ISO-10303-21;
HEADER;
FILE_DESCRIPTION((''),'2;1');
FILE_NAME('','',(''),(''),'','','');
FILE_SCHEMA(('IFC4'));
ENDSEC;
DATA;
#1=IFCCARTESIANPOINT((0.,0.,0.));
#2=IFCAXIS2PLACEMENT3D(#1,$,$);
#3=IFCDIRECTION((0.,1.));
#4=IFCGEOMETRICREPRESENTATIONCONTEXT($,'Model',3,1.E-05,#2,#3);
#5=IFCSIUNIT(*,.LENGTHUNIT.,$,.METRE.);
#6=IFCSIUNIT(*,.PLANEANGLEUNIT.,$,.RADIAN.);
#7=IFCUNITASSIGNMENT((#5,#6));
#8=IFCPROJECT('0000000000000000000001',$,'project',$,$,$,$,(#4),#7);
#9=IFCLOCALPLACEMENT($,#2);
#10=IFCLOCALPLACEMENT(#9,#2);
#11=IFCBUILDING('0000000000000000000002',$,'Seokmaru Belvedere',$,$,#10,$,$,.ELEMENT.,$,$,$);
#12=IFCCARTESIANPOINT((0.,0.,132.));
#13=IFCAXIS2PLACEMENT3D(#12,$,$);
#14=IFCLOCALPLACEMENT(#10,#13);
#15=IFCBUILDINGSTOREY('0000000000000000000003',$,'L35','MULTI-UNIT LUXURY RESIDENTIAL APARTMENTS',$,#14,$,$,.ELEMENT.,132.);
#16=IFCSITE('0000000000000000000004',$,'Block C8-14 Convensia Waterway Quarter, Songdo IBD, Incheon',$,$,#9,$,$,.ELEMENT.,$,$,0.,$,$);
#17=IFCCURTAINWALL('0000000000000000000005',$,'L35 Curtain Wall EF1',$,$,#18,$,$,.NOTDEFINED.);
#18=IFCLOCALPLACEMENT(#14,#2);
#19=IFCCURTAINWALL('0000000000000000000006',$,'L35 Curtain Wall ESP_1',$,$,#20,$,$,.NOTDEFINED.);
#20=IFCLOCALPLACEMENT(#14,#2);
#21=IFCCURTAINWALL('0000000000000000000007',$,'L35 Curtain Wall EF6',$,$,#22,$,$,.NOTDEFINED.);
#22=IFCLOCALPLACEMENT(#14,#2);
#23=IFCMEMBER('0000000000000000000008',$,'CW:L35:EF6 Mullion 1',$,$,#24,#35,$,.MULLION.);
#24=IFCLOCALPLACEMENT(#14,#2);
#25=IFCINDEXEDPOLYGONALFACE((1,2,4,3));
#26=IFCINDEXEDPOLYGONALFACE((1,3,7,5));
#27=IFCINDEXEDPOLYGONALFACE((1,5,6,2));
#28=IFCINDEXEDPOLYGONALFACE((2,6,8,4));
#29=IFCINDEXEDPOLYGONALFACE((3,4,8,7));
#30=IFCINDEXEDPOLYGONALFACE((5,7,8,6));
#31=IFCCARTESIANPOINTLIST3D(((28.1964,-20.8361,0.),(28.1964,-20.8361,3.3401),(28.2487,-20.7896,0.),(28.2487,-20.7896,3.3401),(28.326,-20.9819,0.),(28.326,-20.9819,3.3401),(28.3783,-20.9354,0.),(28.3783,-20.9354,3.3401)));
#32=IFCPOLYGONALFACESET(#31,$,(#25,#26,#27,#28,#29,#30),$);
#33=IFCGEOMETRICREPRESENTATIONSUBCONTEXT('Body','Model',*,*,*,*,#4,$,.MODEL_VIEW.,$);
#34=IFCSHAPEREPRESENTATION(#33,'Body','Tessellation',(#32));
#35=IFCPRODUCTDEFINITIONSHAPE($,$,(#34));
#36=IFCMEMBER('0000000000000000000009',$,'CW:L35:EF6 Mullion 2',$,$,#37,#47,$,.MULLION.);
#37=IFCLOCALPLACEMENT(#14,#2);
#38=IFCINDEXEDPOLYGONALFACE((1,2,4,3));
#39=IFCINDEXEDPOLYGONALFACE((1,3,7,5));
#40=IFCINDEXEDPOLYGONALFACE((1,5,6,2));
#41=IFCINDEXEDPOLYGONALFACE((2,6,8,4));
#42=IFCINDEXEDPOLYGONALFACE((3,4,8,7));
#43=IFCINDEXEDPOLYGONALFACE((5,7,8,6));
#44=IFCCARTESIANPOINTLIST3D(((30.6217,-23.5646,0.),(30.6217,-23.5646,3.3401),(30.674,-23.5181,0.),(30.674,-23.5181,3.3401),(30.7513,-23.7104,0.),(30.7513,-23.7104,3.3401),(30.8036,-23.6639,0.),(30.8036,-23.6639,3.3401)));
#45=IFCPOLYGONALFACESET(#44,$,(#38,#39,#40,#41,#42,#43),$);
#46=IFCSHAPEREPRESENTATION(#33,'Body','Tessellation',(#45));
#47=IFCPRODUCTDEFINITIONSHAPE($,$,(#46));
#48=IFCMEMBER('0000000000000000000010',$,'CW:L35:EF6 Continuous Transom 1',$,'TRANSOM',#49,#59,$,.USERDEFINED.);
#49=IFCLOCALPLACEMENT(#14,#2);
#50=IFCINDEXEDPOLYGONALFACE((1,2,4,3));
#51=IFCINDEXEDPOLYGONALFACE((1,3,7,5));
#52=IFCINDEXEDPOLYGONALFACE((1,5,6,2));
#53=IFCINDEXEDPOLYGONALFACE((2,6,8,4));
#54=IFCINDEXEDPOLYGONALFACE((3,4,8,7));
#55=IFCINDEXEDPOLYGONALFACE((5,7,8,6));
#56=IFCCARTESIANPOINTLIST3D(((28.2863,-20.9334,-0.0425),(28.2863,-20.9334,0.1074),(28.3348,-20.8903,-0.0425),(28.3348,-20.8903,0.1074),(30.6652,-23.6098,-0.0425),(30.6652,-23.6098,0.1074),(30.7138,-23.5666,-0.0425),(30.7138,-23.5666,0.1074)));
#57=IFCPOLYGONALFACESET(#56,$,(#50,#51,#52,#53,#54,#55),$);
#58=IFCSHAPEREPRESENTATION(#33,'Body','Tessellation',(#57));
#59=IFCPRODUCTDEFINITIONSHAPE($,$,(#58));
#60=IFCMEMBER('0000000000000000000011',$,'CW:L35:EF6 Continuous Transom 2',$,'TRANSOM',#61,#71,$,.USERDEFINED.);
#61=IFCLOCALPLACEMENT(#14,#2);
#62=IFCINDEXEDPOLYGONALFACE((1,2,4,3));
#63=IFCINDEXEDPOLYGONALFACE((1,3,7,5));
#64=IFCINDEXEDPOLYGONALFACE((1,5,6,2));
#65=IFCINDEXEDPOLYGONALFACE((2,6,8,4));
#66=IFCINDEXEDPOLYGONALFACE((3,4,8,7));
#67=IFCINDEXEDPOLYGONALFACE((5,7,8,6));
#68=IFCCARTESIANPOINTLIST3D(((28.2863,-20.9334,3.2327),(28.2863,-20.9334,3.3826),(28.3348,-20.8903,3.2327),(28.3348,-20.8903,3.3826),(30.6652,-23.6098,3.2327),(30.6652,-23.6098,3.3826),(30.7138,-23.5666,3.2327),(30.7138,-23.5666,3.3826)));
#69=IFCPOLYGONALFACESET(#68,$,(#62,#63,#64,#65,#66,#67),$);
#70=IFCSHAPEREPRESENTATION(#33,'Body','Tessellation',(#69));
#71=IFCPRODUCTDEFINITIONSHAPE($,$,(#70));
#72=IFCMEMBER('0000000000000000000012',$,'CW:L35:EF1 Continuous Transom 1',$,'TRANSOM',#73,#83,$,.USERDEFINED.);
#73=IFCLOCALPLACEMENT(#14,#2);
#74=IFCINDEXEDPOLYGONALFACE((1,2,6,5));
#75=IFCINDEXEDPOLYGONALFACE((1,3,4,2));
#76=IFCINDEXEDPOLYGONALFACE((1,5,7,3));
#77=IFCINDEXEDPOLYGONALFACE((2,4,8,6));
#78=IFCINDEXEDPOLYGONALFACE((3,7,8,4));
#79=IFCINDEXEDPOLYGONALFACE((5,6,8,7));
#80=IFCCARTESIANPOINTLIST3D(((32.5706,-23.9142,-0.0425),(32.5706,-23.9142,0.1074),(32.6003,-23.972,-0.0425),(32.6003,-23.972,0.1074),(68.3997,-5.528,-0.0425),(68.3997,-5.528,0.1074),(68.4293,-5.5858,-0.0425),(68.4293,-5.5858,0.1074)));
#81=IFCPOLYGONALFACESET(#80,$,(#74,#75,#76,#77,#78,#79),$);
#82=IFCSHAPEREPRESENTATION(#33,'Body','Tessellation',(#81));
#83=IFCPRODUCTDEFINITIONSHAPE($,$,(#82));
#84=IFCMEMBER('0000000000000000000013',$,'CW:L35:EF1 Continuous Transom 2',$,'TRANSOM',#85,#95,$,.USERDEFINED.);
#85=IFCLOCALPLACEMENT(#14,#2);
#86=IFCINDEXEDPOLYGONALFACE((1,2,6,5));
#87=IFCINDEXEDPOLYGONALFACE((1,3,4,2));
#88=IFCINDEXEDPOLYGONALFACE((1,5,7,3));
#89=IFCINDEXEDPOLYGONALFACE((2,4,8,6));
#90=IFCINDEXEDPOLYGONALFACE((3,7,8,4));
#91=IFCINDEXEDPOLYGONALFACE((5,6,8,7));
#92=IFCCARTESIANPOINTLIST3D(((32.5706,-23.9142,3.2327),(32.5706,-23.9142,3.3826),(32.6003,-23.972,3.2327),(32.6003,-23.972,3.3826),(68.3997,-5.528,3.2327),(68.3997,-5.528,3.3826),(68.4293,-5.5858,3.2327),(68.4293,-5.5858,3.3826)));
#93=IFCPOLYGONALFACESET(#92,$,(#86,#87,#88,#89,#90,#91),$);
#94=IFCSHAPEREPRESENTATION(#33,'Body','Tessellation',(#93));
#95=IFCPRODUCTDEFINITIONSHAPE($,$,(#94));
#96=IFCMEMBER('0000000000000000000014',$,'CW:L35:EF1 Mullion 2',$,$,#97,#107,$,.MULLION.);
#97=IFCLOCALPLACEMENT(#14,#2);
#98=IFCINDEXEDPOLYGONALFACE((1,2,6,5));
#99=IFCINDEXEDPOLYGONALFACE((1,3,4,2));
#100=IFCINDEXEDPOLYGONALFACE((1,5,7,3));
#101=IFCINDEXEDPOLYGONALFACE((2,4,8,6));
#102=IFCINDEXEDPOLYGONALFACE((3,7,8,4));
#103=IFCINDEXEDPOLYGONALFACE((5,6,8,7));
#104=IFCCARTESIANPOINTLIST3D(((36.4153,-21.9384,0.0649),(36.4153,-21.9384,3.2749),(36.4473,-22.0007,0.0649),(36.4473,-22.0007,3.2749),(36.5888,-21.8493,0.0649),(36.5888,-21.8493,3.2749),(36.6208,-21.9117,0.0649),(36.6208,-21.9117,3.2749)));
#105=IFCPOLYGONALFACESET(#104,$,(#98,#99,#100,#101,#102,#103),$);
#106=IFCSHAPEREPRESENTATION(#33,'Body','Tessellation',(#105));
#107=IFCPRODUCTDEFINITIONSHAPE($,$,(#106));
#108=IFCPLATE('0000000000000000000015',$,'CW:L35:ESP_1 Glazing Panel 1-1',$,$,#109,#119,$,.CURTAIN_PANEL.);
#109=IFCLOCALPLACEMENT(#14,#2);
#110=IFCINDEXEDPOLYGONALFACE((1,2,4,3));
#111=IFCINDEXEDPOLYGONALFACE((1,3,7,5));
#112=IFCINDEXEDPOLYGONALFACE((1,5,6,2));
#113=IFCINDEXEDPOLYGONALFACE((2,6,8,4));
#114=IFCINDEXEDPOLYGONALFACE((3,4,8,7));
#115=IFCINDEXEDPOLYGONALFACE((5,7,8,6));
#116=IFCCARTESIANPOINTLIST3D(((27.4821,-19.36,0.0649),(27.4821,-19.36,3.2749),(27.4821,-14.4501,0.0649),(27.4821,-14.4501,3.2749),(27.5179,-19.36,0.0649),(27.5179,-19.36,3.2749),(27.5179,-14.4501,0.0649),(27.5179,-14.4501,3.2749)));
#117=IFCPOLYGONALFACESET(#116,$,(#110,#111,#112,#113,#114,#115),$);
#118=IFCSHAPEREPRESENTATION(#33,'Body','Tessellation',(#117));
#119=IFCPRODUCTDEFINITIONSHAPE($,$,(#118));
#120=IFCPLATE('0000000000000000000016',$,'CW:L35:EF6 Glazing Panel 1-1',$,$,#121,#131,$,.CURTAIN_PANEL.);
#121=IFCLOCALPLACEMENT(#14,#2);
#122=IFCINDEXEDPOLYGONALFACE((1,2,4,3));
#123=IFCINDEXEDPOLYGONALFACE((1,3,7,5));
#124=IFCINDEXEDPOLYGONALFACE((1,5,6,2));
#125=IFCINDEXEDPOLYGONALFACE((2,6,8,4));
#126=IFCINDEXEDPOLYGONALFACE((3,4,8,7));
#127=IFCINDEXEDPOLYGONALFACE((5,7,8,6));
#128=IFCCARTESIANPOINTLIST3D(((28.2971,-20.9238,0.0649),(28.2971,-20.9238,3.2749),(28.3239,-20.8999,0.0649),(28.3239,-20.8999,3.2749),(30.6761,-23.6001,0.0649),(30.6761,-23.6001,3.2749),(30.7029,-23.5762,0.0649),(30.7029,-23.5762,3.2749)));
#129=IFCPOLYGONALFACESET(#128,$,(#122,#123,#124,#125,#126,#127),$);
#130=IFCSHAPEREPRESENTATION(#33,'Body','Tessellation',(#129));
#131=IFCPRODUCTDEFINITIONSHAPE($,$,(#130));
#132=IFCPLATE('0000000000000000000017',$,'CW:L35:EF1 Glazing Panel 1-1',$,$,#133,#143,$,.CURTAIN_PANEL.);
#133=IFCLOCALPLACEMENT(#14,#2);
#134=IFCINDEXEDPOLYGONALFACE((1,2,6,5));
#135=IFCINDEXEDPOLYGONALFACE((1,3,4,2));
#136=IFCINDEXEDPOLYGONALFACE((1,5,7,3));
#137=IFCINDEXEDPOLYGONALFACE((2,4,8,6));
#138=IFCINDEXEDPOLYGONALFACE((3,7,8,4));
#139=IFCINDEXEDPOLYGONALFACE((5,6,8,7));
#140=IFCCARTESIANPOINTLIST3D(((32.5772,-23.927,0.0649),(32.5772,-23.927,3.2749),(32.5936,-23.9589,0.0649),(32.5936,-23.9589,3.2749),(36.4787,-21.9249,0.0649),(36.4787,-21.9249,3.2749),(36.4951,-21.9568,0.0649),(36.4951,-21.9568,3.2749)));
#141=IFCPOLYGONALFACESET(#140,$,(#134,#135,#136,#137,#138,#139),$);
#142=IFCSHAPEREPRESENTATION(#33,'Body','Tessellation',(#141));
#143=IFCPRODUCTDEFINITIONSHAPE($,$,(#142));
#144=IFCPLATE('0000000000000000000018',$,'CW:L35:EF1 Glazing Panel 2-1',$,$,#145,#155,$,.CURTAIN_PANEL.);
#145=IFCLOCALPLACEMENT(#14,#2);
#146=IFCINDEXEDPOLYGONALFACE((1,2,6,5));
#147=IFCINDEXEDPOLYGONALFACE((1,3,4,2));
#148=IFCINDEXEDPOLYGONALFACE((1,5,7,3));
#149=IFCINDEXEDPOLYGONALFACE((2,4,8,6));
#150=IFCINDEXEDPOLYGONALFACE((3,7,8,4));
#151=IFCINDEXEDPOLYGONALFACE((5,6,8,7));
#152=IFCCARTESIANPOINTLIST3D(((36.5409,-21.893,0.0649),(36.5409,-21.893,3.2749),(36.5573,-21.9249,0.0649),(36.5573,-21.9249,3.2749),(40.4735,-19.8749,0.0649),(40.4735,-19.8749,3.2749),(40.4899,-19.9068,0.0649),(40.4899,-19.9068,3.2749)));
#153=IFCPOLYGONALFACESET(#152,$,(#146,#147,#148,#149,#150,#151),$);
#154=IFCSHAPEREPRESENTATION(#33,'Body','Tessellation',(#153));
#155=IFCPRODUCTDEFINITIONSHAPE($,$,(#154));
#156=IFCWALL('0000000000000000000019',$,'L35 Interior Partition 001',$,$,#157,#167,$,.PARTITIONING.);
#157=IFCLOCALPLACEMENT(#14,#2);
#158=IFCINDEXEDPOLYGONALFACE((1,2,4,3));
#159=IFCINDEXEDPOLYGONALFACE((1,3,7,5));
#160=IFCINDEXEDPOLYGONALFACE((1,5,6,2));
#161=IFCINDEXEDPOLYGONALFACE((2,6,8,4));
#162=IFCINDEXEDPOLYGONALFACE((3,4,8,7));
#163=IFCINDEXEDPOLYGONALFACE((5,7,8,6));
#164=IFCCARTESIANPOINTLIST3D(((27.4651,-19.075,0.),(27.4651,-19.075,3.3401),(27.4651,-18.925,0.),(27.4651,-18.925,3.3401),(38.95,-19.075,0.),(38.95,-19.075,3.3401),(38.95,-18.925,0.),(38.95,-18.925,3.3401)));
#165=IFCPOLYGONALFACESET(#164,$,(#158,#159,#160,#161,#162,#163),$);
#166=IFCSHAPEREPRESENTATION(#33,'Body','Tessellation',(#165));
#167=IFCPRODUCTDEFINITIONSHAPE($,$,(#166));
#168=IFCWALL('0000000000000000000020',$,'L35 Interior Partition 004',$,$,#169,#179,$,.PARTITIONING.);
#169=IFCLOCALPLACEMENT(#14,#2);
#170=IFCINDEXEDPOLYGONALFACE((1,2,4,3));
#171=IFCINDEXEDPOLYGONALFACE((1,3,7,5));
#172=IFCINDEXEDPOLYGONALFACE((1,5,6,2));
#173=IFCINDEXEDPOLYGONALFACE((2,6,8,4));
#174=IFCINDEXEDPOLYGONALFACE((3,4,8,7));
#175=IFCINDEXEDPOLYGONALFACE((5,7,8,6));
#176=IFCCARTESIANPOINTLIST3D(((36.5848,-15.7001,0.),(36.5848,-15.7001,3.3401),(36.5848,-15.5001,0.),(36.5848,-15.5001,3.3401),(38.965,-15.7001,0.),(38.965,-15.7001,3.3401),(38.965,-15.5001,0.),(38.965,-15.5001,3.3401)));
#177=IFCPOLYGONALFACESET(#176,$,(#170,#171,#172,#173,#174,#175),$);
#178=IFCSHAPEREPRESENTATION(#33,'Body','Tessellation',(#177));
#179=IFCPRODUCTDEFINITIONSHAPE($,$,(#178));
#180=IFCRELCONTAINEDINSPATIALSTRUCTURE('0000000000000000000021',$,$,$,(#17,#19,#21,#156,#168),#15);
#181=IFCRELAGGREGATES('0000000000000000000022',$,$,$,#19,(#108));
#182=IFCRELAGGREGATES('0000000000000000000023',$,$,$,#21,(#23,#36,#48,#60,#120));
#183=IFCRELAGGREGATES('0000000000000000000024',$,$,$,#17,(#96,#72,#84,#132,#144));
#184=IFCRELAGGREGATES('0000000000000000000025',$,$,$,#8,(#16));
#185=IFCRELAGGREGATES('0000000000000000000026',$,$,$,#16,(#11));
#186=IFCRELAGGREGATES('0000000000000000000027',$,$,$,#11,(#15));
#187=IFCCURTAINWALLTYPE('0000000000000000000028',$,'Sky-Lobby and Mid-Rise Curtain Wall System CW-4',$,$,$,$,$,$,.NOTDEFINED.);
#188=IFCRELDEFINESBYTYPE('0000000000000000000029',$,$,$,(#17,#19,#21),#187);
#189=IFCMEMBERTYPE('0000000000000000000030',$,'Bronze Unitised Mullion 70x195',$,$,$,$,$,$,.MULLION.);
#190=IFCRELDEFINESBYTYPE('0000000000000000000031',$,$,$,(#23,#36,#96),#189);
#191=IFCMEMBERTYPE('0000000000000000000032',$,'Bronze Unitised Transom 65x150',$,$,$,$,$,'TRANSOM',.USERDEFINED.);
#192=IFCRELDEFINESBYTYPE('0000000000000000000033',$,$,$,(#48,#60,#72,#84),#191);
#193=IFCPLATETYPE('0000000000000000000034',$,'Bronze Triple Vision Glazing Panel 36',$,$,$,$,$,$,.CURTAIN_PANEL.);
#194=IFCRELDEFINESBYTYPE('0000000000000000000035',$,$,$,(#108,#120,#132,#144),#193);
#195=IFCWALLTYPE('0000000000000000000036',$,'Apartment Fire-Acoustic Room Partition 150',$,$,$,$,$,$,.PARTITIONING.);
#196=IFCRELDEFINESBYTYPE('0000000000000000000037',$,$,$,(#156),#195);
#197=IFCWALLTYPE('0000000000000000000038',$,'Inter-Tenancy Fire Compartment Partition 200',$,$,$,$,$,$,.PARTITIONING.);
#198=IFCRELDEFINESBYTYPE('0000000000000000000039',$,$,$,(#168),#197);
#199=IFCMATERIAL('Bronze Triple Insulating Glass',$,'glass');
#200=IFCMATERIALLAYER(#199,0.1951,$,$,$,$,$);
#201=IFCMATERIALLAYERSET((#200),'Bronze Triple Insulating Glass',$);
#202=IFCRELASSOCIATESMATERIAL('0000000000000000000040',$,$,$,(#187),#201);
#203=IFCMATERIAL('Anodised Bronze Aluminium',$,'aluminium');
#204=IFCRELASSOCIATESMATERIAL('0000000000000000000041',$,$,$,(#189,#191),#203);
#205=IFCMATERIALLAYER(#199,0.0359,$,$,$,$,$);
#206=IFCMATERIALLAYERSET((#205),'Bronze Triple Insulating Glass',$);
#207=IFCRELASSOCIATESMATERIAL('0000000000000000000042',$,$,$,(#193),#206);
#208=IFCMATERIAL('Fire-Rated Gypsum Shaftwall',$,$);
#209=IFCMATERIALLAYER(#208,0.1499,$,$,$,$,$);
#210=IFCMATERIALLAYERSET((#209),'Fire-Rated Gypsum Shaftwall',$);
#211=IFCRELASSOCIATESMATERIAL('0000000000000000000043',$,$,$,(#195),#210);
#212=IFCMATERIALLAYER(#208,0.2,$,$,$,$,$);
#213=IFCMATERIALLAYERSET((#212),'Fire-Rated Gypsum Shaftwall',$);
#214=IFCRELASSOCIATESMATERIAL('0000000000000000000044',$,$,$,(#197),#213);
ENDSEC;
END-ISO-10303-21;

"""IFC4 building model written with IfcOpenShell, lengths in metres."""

from ifc_helpers import new_model, si_unit, direction, frame, frame_2d, origin, origin_2d, place, context, subcontext, project, spatial, rectangle, extrude, source, transform, mapped, material, layer, layer_set, material_profile, profile_set, type_object, type_shapes, element, aggregate, save


model = new_model("IFC4")

# Units and contexts
model_context = context("Model", 3, precision=1e-05, world=origin(), true_north=direction((0.0, 1.0)))
body_context = subcontext(model_context, "Body", "Model", "MODEL_VIEW")
ifc_project = project(units=[si_unit("LENGTHUNIT", "METRE"), si_unit("PLANEANGLEUNIT", "RADIAN")], contexts=[model_context])

# Site, building, storey
site_placement = place(None, origin())
site = spatial("IfcSite", under=ifc_project, at=site_placement, Name="Block C8-14 Convensia Waterway Quarter, Songdo IBD, Incheon", CompositionType="ELEMENT", RefElevation=0.0)
building_placement = place(site_placement, origin())
building = spatial("IfcBuilding", under=site, at=building_placement, Name="Seokmaru Belvedere", CompositionType="ELEMENT")
storey_placement = place(building_placement, frame((0.0, 0.0, 132.0)))
storey = spatial("IfcBuildingStorey", under=building, at=storey_placement, Name="L35", Description="MULTI-UNIT LUXURY RESIDENTIAL APARTMENTS", CompositionType="ELEMENT", Elevation=132.0)

# Curtain walls
ifc_material_1 = material(Name="Bronze Triple Insulating Glass", Category="glass")
ifc_layer_1 = layer(ifc_material_1, 0.1951)
ifc_layer_set_1 = layer_set([ifc_layer_1], Name="Bronze Triple Insulating Glass")
curtain_wall_type = type_object("IfcCurtainWallType", Name="Sky-Lobby and Mid-Rise Curtain Wall System CW-4", PredefinedType="NOTDEFINED", material=ifc_layer_set_1)
curtain_wall_1_placement = place(storey_placement, origin())
curtain_wall_1 = element("IfcCurtainWall", 1, at=curtain_wall_1_placement, inside=storey, type_object=curtain_wall_type, Name="L35 Curtain Wall EF1", PredefinedType="NOTDEFINED")
ifc_material_2 = material(Name="Anodised Bronze Aluminium", Category="aluminium")
ifc_material_profile_1 = material_profile(ifc_material_2, rectangle(XDim=0.0701, YDim=0.1951, at=origin_2d()), Name="CW-M-70x195")
ifc_profile_set_1 = profile_set([ifc_material_profile_1], Name="Anodised Bronze Aluminium")
member_type_1 = type_object("IfcMemberType", Name="Bronze Unitised Mullion 70x195", PredefinedType="MULLION", material=ifc_profile_set_1)
shared_shape_1 = source(origin(), body_context, "Body", "SweptSolid", [
    extrude(rectangle(XDim=0.0701, YDim=0.1951, at=origin_2d()), origin(), (0.0, 0.0, 1.0), 3.3401),
])
curtain_wall_2_placement = place(storey_placement, origin())
curtain_wall_2 = element("IfcCurtainWall", 2, at=curtain_wall_2_placement, inside=storey, type_object=curtain_wall_type, Name="L35 Curtain Wall ESP_1", PredefinedType="NOTDEFINED")

# Curtain wall, members
curtain_wall_3_placement = place(storey_placement, origin())
curtain_wall_3 = element("IfcCurtainWall", 3, at=curtain_wall_3_placement, inside=storey, type_object=curtain_wall_type, Name="L35 Curtain Wall EF6", PredefinedType="NOTDEFINED")
member_1_placement = place(storey_placement, frame((28.2874, -20.8857, 0.0), z_axis=(0.0, 0.0, 1.0), x_axis=(0.74741, 0.664363, 0.0)))
member_1 = element("IfcMember", 4, at=member_1_placement, type_object=member_type_1, Name="CW:L35:EF6 Mullion 1", PredefinedType="MULLION", context=body_context, shape_type="MappedRepresentation", body=[
    mapped(shared_shape_1, transform((0.0, 0.0, 0.0), scale=1.0)),
])
member_2_placement = place(storey_placement, frame((30.7126, -23.6143, 0.0), z_axis=(0.0, 0.0, 1.0), x_axis=(0.74741, 0.664363, 0.0)))
member_2 = element("IfcMember", 5, at=member_2_placement, type_object=member_type_1, Name="CW:L35:EF6 Mullion 2", PredefinedType="MULLION", context=body_context, shape_type="MappedRepresentation", body=[
    mapped(shared_shape_1, transform((0.0, 0.0, 0.0), scale=1.0)),
])
ifc_material_profile_2 = material_profile(ifc_material_2, rectangle(XDim=0.0649, YDim=0.1499, at=origin_2d()), Name="CW-T-65x150")
ifc_profile_set_2 = profile_set([ifc_material_profile_2], Name="Anodised Bronze Aluminium")
member_type_2 = type_object("IfcMemberType", Name="Bronze Unitised Transom 65x150", ElementType="TRANSOM", PredefinedType="USERDEFINED", material=ifc_profile_set_2)
shared_shape_2 = source(origin(), body_context, "Body", "SweptSolid", [
    extrude(rectangle(XDim=0.0649, YDim=0.1499, at=origin_2d()), origin(), (0.0, 0.0, 1.0), 3.5808),
])
member_3_placement = place(storey_placement, frame((28.3105, -20.9119, 0.0325), z_axis=(0.664364, -0.747409, 0.0), x_axis=(0.747409, 0.664364, 0.0)))
member_3 = element("IfcMember", 6, at=member_3_placement, type_object=member_type_2, Name="CW:L35:EF6 Continuous Transom 1", ObjectType="TRANSOM", PredefinedType="USERDEFINED", context=body_context, shape_type="MappedRepresentation", body=[
    mapped(shared_shape_2, transform((0.0, 0.0, 0.0), scale=1.0)),
])
member_4_placement = place(storey_placement, frame((28.3105, -20.9119, 3.3076), z_axis=(0.664364, -0.747409, 0.0), x_axis=(0.747409, 0.664364, 0.0)))
member_4 = element("IfcMember", 7, at=member_4_placement, type_object=member_type_2, Name="CW:L35:EF6 Continuous Transom 2", ObjectType="TRANSOM", PredefinedType="USERDEFINED", context=body_context, shape_type="MappedRepresentation", body=[
    mapped(shared_shape_2, transform((0.0, 0.0, 0.0), scale=1.0)),
])

# Members
shared_shape_3 = source(origin(), body_context, "Body", "SweptSolid", [
    extrude(rectangle(XDim=0.0649, YDim=0.1499, at=origin_2d()), origin(), (0.0, 0.0, 1.0), 40.2712),
])
type_shapes(member_type_2, [shared_shape_2, shared_shape_3])
member_5_placement = place(storey_placement, frame((32.5854, -23.9431, 0.0325), z_axis=(0.889693, 0.456559, 0.0), x_axis=(-0.456559, 0.889693, 0.0)))
member_5 = element("IfcMember", 8, at=member_5_placement, type_object=member_type_2, Name="CW:L35:EF1 Continuous Transom 1", ObjectType="TRANSOM", PredefinedType="USERDEFINED", context=body_context, shape_type="MappedRepresentation", body=[
    mapped(shared_shape_3, transform((0.0, 0.0, 0.0), scale=1.0)),
])
member_6_placement = place(storey_placement, frame((32.5854, -23.9431, 3.3076), z_axis=(0.889693, 0.456559, 0.0), x_axis=(-0.456559, 0.889693, 0.0)))
member_6 = element("IfcMember", 9, at=member_6_placement, type_object=member_type_2, Name="CW:L35:EF1 Continuous Transom 2", ObjectType="TRANSOM", PredefinedType="USERDEFINED", context=body_context, shape_type="MappedRepresentation", body=[
    mapped(shared_shape_3, transform((0.0, 0.0, 0.0), scale=1.0)),
])
shared_shape_4 = source(origin(), body_context, "Body", "SweptSolid", [
    extrude(rectangle(XDim=0.0701, YDim=0.1951, at=origin_2d()), origin(), (0.0, 0.0, 1.0), 3.21),
])
type_shapes(member_type_1, [shared_shape_1, shared_shape_4])
member_7_placement = place(storey_placement, frame((36.5181, -21.925, 0.0649), z_axis=(0.0, 0.0, 1.0), x_axis=(-0.456555, 0.889695, 0.0)))
member_7 = element("IfcMember", 10, at=member_7_placement, type_object=member_type_1, Name="CW:L35:EF1 Mullion 2", PredefinedType="MULLION", context=body_context, shape_type="MappedRepresentation", body=[
    mapped(shared_shape_4, transform((0.0, 0.0, 0.0), scale=1.0)),
])

# Plates
ifc_layer_2 = layer(ifc_material_1, 0.0359)
ifc_layer_set_2 = layer_set([ifc_layer_2], Name="Bronze Triple Insulating Glass")
plate_type = type_object("IfcPlateType", Name="Bronze Triple Vision Glazing Panel 36", PredefinedType="CURTAIN_PANEL", material=ifc_layer_set_2)
shared_shape_5 = source(origin(), body_context, "Body", "SweptSolid", [
    extrude(rectangle(XDim=4.9099, YDim=0.0359, at=origin_2d()), origin(), (0.0, 0.0, 1.0), 3.21),
])
plate_1_placement = place(storey_placement, frame((27.5, -16.905, 0.0649), z_axis=(0.0, 0.0, 1.0), x_axis=(0.0, -1.0, 0.0)))
plate_1 = element("IfcPlate", 11, at=plate_1_placement, type_object=plate_type, Name="CW:L35:ESP_1 Glazing Panel 1-1", PredefinedType="CURTAIN_PANEL", context=body_context, shape_type="MappedRepresentation", body=[
    mapped(shared_shape_5, transform((0.0, 0.0, 0.0), scale=1.0)),
])
aggregate(curtain_wall_2, [plate_1])
shared_shape_6 = source(origin(), body_context, "Body", "SweptSolid", [
    extrude(rectangle(XDim=3.5808, YDim=0.0359, at=origin_2d()), origin(), (0.0, 0.0, 1.0), 3.21),
])
plate_2_placement = place(storey_placement, frame((29.5, -22.25, 0.0649), z_axis=(0.0, 0.0, 1.0), x_axis=(0.664363, -0.74741, 0.0)))
plate_2 = element("IfcPlate", 12, at=plate_2_placement, type_object=plate_type, Name="CW:L35:EF6 Glazing Panel 1-1", PredefinedType="CURTAIN_PANEL", context=body_context, shape_type="MappedRepresentation", body=[
    mapped(shared_shape_6, transform((0.0, 0.0, 0.0), scale=1.0)),
])
aggregate(curtain_wall_3, [member_1, member_2, member_3, member_4, plate_2])
shared_shape_7 = source(origin(), body_context, "Body", "SweptSolid", [
    extrude(rectangle(XDim=4.3853, YDim=0.0359, at=origin_2d()), origin(), (0.0, 0.0, 1.0), 3.21),
])
plate_3_placement = place(storey_placement, frame((34.5361, -22.9419, 0.0649), z_axis=(0.0, 0.0, 1.0), x_axis=(0.889695, 0.456555, 0.0)))
plate_3 = element("IfcPlate", 13, at=plate_3_placement, type_object=plate_type, Name="CW:L35:EF1 Glazing Panel 1-1", PredefinedType="CURTAIN_PANEL", context=body_context, shape_type="MappedRepresentation", body=[
    mapped(shared_shape_7, transform((0.0, 0.0, 0.0), scale=1.0)),
])
shared_shape_8 = source(origin(), body_context, "Body", "SweptSolid", [
    extrude(rectangle(XDim=4.4202, YDim=0.0359, at=origin_2d()), origin(), (0.0, 0.0, 1.0), 3.21),
])
type_shapes(plate_type, [shared_shape_5, shared_shape_6, shared_shape_7, shared_shape_8])
plate_4_placement = place(storey_placement, frame((38.5154, -20.8999, 0.0649), z_axis=(0.0, 0.0, 1.0), x_axis=(0.889695, 0.456555, 0.0)))
plate_4 = element("IfcPlate", 14, at=plate_4_placement, type_object=plate_type, Name="CW:L35:EF1 Glazing Panel 2-1", PredefinedType="CURTAIN_PANEL", context=body_context, shape_type="MappedRepresentation", body=[
    mapped(shared_shape_8, transform((0.0, 0.0, 0.0), scale=1.0)),
])
aggregate(curtain_wall_1, [member_7, member_5, member_6, plate_3, plate_4])

# Wall
ifc_material_3 = material(Name="Fire-Rated Gypsum Shaftwall")
ifc_layer_3 = layer(ifc_material_3, 0.1499)
ifc_layer_set_3 = layer_set([ifc_layer_3], Name="Fire-Rated Gypsum Shaftwall")
wall_type_1 = type_object("IfcWallType", Name="Apartment Fire-Acoustic Room Partition 150", PredefinedType="PARTITIONING", material=ifc_layer_set_3)
wall_1_placement = place(storey_placement, frame((27.4651, -19.0, 0.0), z_axis=(0.0, 0.0, 1.0), x_axis=(1.0, 0.0, 0.0)))
element("IfcWall", 15, at=wall_1_placement, inside=storey, type_object=wall_type_1, Name="L35 Interior Partition 001", PredefinedType="PARTITIONING", context=body_context, shape_type="SweptSolid", body=[
    extrude(rectangle(XDim=11.4849, YDim=0.1499, at=frame_2d((5.7424, 0.0))), origin(), (0.0, 0.0, 1.0), 3.3401),
])

# Wall
ifc_layer_4 = layer(ifc_material_3, 0.2)
ifc_layer_set_4 = layer_set([ifc_layer_4], Name="Fire-Rated Gypsum Shaftwall")
wall_type_2 = type_object("IfcWallType", Name="Inter-Tenancy Fire Compartment Partition 200", PredefinedType="PARTITIONING", material=ifc_layer_set_4)
wall_2_placement = place(storey_placement, frame((36.585, -15.6001, 0.0), z_axis=(0.0, 0.0, 1.0), x_axis=(1.0, 0.0, 0.0)))
element("IfcWall", 16, at=wall_2_placement, inside=storey, type_object=wall_type_2, Name="L35 Interior Partition 004", PredefinedType="PARTITIONING", context=body_context, shape_type="SweptSolid", body=[
    extrude(rectangle(XDim=2.3801, YDim=0.2, at=frame_2d((1.1899, 0.0))), origin(), (0.0, 0.0, 1.0), 3.3401),
])

save(model, "model.ifc")
